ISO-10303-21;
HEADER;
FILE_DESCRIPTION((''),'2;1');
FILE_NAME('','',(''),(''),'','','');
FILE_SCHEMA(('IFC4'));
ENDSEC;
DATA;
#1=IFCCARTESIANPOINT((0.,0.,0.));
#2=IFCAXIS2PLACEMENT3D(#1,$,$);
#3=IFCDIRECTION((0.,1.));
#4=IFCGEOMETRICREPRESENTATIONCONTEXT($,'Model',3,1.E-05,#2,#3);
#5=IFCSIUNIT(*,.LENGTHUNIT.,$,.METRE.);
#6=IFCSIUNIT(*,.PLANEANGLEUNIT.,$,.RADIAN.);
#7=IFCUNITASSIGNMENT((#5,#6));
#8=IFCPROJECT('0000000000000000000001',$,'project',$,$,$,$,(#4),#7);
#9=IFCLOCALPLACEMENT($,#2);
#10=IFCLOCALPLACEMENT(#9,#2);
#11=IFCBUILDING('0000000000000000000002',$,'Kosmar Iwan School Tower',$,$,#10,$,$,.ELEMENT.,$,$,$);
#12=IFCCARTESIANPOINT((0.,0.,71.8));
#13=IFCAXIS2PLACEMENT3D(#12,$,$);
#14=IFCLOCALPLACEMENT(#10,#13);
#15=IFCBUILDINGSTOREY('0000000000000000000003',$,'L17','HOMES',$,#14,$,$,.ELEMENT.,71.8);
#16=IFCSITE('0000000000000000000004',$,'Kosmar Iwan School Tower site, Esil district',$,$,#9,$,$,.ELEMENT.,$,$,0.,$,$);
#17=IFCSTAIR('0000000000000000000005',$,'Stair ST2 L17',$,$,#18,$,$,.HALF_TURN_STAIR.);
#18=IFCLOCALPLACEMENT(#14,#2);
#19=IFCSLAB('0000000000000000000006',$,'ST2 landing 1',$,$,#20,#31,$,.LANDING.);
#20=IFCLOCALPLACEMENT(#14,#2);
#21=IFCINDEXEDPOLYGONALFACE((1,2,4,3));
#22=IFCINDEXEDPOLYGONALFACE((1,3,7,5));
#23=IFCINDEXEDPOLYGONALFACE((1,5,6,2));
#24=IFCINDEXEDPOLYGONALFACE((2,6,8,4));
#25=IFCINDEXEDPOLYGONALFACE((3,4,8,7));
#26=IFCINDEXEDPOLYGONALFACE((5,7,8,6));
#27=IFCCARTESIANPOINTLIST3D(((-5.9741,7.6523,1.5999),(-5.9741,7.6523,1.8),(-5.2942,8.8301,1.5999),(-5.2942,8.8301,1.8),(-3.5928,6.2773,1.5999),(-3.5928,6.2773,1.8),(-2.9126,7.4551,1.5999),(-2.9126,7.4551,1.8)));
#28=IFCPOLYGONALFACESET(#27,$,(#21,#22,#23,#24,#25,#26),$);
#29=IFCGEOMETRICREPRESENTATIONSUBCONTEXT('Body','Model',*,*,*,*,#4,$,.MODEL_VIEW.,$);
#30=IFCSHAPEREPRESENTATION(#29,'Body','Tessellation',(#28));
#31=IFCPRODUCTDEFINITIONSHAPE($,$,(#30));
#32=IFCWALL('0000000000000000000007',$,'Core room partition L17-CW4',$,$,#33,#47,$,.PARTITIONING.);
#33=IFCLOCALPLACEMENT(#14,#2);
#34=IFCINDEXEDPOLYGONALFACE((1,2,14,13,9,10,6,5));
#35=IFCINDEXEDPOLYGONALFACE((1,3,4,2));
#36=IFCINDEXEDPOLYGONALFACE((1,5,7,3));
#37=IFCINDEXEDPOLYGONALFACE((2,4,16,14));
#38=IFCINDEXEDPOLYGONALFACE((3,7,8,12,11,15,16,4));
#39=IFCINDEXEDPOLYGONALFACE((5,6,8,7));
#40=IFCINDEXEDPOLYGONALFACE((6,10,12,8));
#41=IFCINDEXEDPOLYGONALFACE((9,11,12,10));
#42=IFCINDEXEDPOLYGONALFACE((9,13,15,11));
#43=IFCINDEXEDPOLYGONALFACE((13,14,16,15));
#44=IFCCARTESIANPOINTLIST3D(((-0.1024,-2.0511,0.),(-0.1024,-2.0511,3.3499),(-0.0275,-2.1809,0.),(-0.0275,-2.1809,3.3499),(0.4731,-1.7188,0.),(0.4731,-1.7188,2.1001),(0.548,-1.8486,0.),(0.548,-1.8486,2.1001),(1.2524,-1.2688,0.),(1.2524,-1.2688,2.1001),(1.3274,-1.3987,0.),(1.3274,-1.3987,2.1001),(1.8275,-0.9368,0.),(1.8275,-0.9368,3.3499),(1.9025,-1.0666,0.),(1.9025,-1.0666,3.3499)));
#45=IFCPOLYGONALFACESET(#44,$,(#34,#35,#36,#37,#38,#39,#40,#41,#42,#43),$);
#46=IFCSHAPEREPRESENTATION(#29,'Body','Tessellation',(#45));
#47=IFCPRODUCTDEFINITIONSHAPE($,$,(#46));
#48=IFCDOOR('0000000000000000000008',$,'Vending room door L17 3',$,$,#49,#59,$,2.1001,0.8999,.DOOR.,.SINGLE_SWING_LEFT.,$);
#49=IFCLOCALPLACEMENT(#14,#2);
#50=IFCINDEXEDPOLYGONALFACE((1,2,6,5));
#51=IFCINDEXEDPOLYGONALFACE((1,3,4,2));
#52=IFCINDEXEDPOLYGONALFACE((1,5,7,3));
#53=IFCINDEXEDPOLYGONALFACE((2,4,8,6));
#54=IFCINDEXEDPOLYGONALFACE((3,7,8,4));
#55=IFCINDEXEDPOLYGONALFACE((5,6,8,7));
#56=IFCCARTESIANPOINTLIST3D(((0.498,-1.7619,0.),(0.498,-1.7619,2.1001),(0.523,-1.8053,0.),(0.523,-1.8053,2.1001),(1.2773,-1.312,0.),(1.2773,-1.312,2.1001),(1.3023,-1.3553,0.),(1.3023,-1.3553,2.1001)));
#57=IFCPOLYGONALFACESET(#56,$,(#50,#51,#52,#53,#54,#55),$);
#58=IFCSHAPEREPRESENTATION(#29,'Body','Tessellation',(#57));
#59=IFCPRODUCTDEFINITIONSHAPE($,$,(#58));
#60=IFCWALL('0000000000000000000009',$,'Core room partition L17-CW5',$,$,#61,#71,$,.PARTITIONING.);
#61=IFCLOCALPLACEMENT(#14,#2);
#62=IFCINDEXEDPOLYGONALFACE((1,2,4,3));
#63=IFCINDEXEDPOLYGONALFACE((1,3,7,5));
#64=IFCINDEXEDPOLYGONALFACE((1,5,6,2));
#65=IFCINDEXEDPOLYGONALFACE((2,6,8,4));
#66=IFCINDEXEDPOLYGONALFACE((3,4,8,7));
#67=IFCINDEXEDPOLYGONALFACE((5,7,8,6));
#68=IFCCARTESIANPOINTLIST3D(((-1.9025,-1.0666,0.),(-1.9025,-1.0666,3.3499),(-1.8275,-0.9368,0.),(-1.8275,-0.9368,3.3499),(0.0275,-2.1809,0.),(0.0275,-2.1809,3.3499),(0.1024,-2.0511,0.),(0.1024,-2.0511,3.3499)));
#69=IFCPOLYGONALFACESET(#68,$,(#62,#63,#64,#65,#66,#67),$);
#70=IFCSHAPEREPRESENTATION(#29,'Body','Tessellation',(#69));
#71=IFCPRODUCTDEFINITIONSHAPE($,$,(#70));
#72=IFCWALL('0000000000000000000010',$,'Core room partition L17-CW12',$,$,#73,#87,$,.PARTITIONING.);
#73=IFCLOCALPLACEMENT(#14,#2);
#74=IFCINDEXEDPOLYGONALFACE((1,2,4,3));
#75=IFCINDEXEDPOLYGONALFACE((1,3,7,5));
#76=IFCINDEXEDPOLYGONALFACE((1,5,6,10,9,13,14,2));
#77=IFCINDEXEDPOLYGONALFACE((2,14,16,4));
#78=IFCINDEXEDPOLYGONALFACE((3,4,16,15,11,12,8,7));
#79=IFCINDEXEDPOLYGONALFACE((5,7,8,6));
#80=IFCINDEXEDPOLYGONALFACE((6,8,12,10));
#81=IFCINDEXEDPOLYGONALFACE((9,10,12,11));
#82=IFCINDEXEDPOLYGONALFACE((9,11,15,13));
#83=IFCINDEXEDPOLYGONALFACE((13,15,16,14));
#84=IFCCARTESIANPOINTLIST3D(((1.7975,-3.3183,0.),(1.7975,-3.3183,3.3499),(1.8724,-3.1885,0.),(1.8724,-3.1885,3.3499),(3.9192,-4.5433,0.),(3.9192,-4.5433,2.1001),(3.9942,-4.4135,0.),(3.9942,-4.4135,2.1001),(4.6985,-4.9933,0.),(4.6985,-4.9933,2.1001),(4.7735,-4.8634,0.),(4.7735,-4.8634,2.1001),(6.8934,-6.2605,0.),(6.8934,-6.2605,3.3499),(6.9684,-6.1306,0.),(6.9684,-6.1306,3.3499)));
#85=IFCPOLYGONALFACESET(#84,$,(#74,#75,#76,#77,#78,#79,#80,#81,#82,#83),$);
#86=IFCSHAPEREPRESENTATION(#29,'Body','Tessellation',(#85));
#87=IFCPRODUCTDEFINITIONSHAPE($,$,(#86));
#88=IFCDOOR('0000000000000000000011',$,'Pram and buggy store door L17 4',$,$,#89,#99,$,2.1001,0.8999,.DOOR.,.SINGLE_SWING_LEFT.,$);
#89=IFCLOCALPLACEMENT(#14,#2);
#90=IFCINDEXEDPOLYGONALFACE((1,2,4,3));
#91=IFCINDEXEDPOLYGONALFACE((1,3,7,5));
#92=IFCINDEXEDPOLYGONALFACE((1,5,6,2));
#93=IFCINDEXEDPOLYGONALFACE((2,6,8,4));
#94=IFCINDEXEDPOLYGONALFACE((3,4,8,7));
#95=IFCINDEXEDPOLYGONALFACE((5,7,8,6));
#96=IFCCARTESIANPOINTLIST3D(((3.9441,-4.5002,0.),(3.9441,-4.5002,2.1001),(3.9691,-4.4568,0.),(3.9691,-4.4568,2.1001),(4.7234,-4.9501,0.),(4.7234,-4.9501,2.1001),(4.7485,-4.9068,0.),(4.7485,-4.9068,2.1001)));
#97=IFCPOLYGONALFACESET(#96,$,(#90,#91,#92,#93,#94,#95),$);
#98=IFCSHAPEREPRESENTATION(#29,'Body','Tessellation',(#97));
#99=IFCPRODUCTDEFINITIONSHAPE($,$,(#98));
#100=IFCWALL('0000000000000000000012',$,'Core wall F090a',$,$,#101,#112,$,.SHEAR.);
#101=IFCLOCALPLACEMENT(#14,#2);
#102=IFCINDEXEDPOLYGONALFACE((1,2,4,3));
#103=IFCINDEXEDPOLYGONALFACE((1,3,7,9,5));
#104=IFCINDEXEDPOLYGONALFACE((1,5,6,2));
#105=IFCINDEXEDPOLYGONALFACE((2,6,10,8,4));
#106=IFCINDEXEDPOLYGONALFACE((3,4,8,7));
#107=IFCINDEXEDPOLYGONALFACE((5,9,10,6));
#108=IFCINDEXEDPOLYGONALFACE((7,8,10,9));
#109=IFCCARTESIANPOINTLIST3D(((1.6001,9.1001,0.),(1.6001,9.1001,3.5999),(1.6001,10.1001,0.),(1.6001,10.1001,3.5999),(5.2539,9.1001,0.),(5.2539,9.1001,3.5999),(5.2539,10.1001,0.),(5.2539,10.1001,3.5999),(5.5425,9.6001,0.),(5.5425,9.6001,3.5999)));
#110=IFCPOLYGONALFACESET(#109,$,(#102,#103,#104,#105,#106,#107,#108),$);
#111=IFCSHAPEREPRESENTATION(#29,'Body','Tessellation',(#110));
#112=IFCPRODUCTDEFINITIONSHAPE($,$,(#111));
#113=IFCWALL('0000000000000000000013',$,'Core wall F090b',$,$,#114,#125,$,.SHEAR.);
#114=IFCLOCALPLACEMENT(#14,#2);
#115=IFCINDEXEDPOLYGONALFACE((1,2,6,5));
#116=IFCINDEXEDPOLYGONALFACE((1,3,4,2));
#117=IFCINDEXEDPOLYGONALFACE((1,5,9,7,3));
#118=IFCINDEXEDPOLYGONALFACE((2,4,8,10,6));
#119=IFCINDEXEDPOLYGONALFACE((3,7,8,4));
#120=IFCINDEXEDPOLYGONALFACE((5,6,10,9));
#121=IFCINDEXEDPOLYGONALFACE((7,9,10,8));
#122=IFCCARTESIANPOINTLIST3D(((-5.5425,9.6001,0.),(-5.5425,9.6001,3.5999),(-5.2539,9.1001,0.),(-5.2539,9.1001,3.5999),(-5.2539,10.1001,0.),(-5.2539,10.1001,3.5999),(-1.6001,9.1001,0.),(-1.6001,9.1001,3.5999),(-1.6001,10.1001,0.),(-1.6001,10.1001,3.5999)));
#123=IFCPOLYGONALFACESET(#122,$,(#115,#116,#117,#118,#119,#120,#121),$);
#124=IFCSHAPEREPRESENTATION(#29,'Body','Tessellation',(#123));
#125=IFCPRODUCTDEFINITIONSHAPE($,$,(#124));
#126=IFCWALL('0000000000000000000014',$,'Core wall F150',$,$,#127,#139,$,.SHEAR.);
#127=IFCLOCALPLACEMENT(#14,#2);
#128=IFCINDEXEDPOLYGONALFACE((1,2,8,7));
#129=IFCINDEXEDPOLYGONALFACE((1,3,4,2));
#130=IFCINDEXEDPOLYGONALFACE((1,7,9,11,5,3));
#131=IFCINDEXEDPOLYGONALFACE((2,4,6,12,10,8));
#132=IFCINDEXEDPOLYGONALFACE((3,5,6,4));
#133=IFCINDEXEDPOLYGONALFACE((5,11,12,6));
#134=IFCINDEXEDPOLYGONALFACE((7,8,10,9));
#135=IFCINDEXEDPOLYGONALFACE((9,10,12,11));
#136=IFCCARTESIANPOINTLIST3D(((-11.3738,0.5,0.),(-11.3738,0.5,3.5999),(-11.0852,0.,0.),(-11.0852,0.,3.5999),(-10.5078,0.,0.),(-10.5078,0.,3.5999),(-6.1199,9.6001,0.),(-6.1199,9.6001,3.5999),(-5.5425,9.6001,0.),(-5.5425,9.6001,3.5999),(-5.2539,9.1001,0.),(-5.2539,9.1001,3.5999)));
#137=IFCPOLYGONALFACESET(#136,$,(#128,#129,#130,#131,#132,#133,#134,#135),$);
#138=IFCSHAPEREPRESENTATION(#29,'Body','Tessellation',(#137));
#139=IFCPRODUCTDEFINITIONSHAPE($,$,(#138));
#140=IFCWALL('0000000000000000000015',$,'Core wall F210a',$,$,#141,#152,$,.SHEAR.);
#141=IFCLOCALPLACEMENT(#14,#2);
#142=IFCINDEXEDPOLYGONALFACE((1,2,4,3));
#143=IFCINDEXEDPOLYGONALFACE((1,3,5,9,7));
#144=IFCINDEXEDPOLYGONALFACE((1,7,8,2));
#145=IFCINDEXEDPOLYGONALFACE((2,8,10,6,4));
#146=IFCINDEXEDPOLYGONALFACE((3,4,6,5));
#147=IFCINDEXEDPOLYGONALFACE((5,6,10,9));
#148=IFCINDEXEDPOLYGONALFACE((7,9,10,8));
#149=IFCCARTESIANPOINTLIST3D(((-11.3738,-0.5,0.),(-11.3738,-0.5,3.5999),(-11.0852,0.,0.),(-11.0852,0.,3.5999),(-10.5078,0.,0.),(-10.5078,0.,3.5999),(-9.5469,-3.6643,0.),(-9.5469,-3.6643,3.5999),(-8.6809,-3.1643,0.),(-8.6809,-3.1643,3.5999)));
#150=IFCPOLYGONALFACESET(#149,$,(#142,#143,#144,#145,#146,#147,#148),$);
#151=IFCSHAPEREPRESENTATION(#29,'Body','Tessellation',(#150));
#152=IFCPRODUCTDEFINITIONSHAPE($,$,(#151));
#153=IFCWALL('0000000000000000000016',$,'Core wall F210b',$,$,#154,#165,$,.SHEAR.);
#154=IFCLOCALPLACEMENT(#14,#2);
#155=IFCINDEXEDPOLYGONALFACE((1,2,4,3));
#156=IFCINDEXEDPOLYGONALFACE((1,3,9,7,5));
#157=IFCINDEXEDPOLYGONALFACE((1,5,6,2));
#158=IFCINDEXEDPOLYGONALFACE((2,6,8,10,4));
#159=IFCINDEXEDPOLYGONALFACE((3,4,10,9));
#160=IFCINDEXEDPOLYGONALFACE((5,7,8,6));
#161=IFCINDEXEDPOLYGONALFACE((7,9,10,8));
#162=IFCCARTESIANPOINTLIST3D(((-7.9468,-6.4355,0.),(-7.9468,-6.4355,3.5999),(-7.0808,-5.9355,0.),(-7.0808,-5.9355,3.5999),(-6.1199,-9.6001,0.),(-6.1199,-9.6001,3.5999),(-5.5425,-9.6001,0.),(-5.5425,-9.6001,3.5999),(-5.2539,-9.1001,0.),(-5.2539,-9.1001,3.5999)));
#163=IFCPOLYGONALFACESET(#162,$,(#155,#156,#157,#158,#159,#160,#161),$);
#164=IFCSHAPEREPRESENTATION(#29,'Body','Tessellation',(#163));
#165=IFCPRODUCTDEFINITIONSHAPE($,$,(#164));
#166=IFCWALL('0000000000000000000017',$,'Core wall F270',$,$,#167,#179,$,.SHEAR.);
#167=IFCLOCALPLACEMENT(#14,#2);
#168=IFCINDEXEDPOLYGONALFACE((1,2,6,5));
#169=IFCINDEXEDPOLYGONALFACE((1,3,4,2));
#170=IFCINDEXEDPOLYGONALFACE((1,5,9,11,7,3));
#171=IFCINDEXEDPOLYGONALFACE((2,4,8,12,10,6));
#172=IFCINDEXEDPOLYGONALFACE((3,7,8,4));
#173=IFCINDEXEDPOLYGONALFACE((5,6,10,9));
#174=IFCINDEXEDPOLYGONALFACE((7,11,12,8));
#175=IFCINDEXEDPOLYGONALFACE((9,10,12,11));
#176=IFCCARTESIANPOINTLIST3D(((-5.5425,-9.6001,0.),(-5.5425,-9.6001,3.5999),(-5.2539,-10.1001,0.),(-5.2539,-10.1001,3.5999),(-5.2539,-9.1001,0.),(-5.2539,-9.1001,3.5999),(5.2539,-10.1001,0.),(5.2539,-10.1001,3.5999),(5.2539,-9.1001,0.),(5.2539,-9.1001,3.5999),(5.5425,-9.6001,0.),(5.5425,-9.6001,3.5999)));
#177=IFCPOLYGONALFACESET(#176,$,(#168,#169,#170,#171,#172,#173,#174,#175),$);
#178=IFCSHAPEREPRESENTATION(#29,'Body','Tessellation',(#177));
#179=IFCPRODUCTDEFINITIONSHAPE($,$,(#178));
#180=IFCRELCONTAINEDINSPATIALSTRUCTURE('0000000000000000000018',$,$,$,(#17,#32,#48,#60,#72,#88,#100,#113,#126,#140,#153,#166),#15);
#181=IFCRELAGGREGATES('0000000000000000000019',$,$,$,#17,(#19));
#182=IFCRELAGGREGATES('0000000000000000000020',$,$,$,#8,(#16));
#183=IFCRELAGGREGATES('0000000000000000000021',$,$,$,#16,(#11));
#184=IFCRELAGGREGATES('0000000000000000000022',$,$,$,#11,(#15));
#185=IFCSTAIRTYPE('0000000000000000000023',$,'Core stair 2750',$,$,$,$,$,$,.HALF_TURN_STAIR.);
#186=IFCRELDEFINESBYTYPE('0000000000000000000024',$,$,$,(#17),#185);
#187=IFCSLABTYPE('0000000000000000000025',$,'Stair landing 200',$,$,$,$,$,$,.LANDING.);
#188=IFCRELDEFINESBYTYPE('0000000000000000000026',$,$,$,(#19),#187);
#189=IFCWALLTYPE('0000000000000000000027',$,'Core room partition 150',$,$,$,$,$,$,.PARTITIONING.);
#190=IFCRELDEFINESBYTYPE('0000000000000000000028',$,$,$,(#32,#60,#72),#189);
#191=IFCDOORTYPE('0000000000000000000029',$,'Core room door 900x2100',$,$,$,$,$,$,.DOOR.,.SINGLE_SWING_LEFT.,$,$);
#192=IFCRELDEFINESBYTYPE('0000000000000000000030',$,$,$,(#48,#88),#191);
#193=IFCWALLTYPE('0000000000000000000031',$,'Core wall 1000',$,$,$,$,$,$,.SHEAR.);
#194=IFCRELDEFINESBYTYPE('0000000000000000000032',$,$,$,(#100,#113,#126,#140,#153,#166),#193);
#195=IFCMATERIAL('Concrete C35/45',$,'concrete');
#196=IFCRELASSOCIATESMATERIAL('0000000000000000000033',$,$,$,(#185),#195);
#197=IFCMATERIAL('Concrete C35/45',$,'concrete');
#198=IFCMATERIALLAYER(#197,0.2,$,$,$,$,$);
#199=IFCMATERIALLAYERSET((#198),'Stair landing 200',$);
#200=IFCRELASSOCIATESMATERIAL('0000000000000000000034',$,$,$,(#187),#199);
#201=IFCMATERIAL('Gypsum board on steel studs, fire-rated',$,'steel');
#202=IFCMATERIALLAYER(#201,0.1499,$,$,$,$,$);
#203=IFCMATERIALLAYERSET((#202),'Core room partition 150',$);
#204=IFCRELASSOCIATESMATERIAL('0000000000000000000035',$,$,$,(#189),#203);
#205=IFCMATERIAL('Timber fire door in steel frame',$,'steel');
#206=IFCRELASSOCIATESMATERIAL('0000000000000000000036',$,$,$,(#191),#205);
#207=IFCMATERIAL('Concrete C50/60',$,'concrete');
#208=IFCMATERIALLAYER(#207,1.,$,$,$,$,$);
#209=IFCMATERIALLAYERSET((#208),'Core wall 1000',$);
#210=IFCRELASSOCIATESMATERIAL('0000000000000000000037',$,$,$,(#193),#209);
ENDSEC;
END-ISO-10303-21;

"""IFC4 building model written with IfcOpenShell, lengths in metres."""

from ifc_helpers import new_model, si_unit, direction, frame, frame_2d, origin, place, context, subcontext, project, spatial, polyline, rectangle, outline, extrude, material, layer, layer_set, type_object, element, fill, aggregate, save


model = new_model("IFC4")

# Units and contexts
model_context = context("Model", 3, precision=1e-05, world=origin(), true_north=direction((0.0, 1.0)))
body_context = subcontext(model_context, "Body", "Model", "MODEL_VIEW")
ifc_project = project(units=[si_unit("LENGTHUNIT", "METRE"), si_unit("PLANEANGLEUNIT", "RADIAN")], contexts=[model_context])

# Site, building, storey
site_placement = place(None, origin())
site = spatial("IfcSite", under=ifc_project, at=site_placement, Name="Kosmar Iwan School Tower site, Esil district", CompositionType="ELEMENT", RefElevation=0.0)
building_placement = place(site_placement, origin())
building = spatial("IfcBuilding", under=site, at=building_placement, Name="Kosmar Iwan School Tower", CompositionType="ELEMENT")
storey_placement = place(building_placement, frame((0.0, 0.0, 71.8)))
storey = spatial("IfcBuildingStorey", under=building, at=storey_placement, Name="L17", Description="HOMES", CompositionType="ELEMENT", Elevation=71.8)

# Stair, slab
ifc_material_1 = material(Name="Concrete C35/45", Category="concrete")
stair_type = type_object("IfcStairType", Name="Core stair 2750", PredefinedType="HALF_TURN_STAIR", material=ifc_material_1)
stair_placement = place(storey_placement, origin())
stair = element("IfcStair", 1, at=stair_placement, inside=storey, type_object=stair_type, Name="Stair ST2 L17", PredefinedType="HALF_TURN_STAIR")
ifc_material_2 = material(Name="Concrete C35/45", Category="concrete")
ifc_layer_1 = layer(ifc_material_2, 0.2)
ifc_layer_set_1 = layer_set([ifc_layer_1], Name="Stair landing 200")
slab_type = type_object("IfcSlabType", Name="Stair landing 200", PredefinedType="LANDING", material=ifc_layer_set_1)
slab_placement = place(storey_placement, frame((0.0, 0.0, 1.5999)))
slab = element("IfcSlab", 2, at=slab_placement, type_object=slab_type, Name="ST2 landing 1", PredefinedType="LANDING", context=body_context, shape_type="SweptSolid", body=[
    extrude(outline(polyline([(-2.9126, 7.4551), (-5.2942, 8.8301), (-5.9741, 7.6523), (-3.5928, 6.2773), (-2.9126, 7.4551)])), origin(), (0.0, 0.0, 1.0), 0.2002),
])
aggregate(stair, [slab])

# Wall, opening, door
ifc_material_3 = material(Name="Gypsum board on steel studs, fire-rated", Category="steel")
ifc_layer_2 = layer(ifc_material_3, 0.1499)
ifc_layer_set_2 = layer_set([ifc_layer_2], Name="Core room partition 150")
wall_type_1 = type_object("IfcWallType", Name="Core room partition 150", PredefinedType="PARTITIONING", material=ifc_layer_set_2)
wall_1_placement = place(storey_placement, frame((1.865, -1.0017, 0.0), z_axis=(0.0, 0.0, 1.0), x_axis=(-0.866023, -0.500004, 0.0)))
wall_1 = element("IfcWall", 3, at=wall_1_placement, inside=storey, type_object=wall_type_1, Name="Core room partition L17-CW4", PredefinedType="PARTITIONING", context=body_context, shape_type="SweptSolid", body=[
    extrude(rectangle(XDim=2.2285, YDim=0.1499, at=frame_2d((1.1143, 0.0))), origin(), (0.0, 0.0, 1.0), 3.3499),
])
opening_1_placement = place(wall_1_placement, frame((0.6641, 0.0, 0.0)))
opening_1 = element("IfcOpeningElement", 4, at=opening_1_placement, cuts=wall_1, PredefinedType="OPENING", context=body_context, shape_type="SweptSolid", body=[
    extrude(rectangle(XDim=0.8999, YDim=2.1001, at=frame_2d((0.45, 1.05))), frame((0.0, 0.0869, 0.0), z_axis=(0.0, -1.0, 0.0), x_axis=(1.0, 0.0, 0.0)), (0.0, 0.0, 1.0), 0.1738),
])
ifc_material_4 = material(Name="Timber fire door in steel frame", Category="steel")
door_type_1 = type_object("IfcDoorType", Name="Core room door 900x2100", OperationType="SINGLE_SWING_LEFT", PredefinedType="DOOR", material=ifc_material_4)
door_1_placement = place(opening_1_placement, origin())
door_1 = element("IfcDoor", 5, at=door_1_placement, inside=storey, type_object=door_type_1, Name="Vending room door L17 3", OperationType="SINGLE_SWING_LEFT", OverallHeight=2.1001, OverallWidth=0.8999, PredefinedType="DOOR", context=body_context, shape_type="SweptSolid", body=[
    extrude(rectangle(XDim=0.8999, YDim=2.1001, at=frame_2d((0.45, 1.05))), frame((0.0, 0.0249, 0.0), z_axis=(0.0, -1.0, 0.0), x_axis=(1.0, 0.0, 0.0)), (0.0, 0.0, 1.0), 0.05),
])
fill(opening_1, door_1)

# Wall
wall_2_placement = place(storey_placement, frame((0.0649, -2.116, 0.0), z_axis=(0.0, 0.0, 1.0), x_axis=(-0.866023, 0.500004, 0.0)))
element("IfcWall", 6, at=wall_2_placement, inside=storey, type_object=wall_type_1, Name="Core room partition L17-CW5", PredefinedType="PARTITIONING", context=body_context, shape_type="SweptSolid", body=[
    extrude(rectangle(XDim=2.2285, YDim=0.1499, at=frame_2d((1.1143, 0.0))), origin(), (0.0, 0.0, 1.0), 3.3499),
])

# Wall, opening, door
wall_3_placement = place(storey_placement, frame((1.835, -3.2534, 0.0), z_axis=(0.0, 0.0, 1.0), x_axis=(0.866026, -0.499999, 0.0)))
wall_3 = element("IfcWall", 7, at=wall_3_placement, inside=storey, type_object=wall_type_1, Name="Core room partition L17-CW12", PredefinedType="PARTITIONING", context=body_context, shape_type="SweptSolid", body=[
    extrude(rectangle(XDim=5.8843, YDim=0.1499, at=frame_2d((2.9421, 0.0))), origin(), (0.0, 0.0, 1.0), 3.3499),
])
opening_2_placement = place(wall_3_placement, frame((2.45, 0.0, 0.0)))
opening_2 = element("IfcOpeningElement", 8, at=opening_2_placement, cuts=wall_3, PredefinedType="OPENING", context=body_context, shape_type="SweptSolid", body=[
    extrude(rectangle(XDim=0.8999, YDim=2.1001, at=frame_2d((0.45, 1.05))), frame((0.0, 0.0869, 0.0), z_axis=(0.0, -1.0, 0.0), x_axis=(1.0, 0.0, 0.0)), (0.0, 0.0, 1.0), 0.1738),
])
door_2_placement = place(opening_2_placement, origin())
door_2 = element("IfcDoor", 9, at=door_2_placement, inside=storey, type_object=door_type_1, Name="Pram and buggy store door L17 4", OperationType="SINGLE_SWING_LEFT", OverallHeight=2.1001, OverallWidth=0.8999, PredefinedType="DOOR", context=body_context, shape_type="SweptSolid", body=[
    extrude(rectangle(XDim=0.8999, YDim=2.1001, at=frame_2d((0.45, 1.05))), frame((0.0, 0.0249, 0.0), z_axis=(0.0, -1.0, 0.0), x_axis=(1.0, 0.0, 0.0)), (0.0, 0.0, 1.0), 0.05),
])
fill(opening_2, door_2)

# Walls
ifc_material_5 = material(Name="Concrete C50/60", Category="concrete")
ifc_layer_3 = layer(ifc_material_5, 1.0)
ifc_layer_set_3 = layer_set([ifc_layer_3], Name="Core wall 1000")
wall_type_2 = type_object("IfcWallType", Name="Core wall 1000", PredefinedType="SHEAR", material=ifc_layer_set_3)
wall_4_placement = place(storey_placement, origin())
element("IfcWall", 10, at=wall_4_placement, inside=storey, type_object=wall_type_2, Name="Core wall F090a", PredefinedType="SHEAR", context=body_context, shape_type="SweptSolid", body=[
    extrude(outline(polyline([(1.6001, 9.1001), (5.2539, 9.1001), (5.5425, 9.6001), (5.2539, 10.1001), (1.6001, 10.1001), (1.6001, 9.1001)])), origin(), (0.0, 0.0, 1.0), 3.5999),
])
wall_5_placement = place(storey_placement, origin())
element("IfcWall", 11, at=wall_5_placement, inside=storey, type_object=wall_type_2, Name="Core wall F090b", PredefinedType="SHEAR", context=body_context, shape_type="SweptSolid", body=[
    extrude(outline(polyline([(-5.2539, 9.1001), (-1.6001, 9.1001), (-1.6001, 10.1001), (-5.2539, 10.1001), (-5.5425, 9.6001), (-5.2539, 9.1001)])), origin(), (0.0, 0.0, 1.0), 3.5999),
])
wall_6_placement = place(storey_placement, origin())
element("IfcWall", 12, at=wall_6_placement, inside=storey, type_object=wall_type_2, Name="Core wall F150", PredefinedType="SHEAR", context=body_context, shape_type="SweptSolid", body=[
    extrude(outline(polyline([(-11.0852, 0.0), (-10.5078, 0.0), (-5.2539, 9.1001), (-5.5425, 9.6001), (-6.1199, 9.6001), (-11.3738, 0.5), (-11.0852, 0.0)])), origin(), (0.0, 0.0, 1.0), 3.5999),
])
wall_7_placement = place(storey_placement, origin())
element("IfcWall", 13, at=wall_7_placement, inside=storey, type_object=wall_type_2, Name="Core wall F210a", PredefinedType="SHEAR", context=body_context, shape_type="SweptSolid", body=[
    extrude(outline(polyline([(-9.5469, -3.6643), (-8.6809, -3.1643), (-10.5078, 0.0), (-11.0852, 0.0), (-11.3738, -0.5), (-9.5469, -3.6643)])), origin(), (0.0, 0.0, 1.0), 3.5999),
])
wall_8_placement = place(storey_placement, origin())
element("IfcWall", 14, at=wall_8_placement, inside=storey, type_object=wall_type_2, Name="Core wall F210b", PredefinedType="SHEAR", context=body_context, shape_type="SweptSolid", body=[
    extrude(outline(polyline([(-6.1199, -9.6001), (-5.5425, -9.6001), (-5.2539, -9.1001), (-7.0808, -5.9355), (-7.9468, -6.4355), (-6.1199, -9.6001)])), origin(), (0.0, 0.0, 1.0), 3.5999),
])
wall_9_placement = place(storey_placement, origin())
element("IfcWall", 15, at=wall_9_placement, inside=storey, type_object=wall_type_2, Name="Core wall F270", PredefinedType="SHEAR", context=body_context, shape_type="SweptSolid", body=[
    extrude(outline(polyline([(-5.2539, -10.1001), (5.2539, -10.1001), (5.5425, -9.6001), (5.2539, -9.1001), (-5.2539, -9.1001), (-5.5425, -9.6001), (-5.2539, -10.1001)])), origin(), (0.0, 0.0, 1.0), 3.5999),
])

save(model, "model.ifc")
